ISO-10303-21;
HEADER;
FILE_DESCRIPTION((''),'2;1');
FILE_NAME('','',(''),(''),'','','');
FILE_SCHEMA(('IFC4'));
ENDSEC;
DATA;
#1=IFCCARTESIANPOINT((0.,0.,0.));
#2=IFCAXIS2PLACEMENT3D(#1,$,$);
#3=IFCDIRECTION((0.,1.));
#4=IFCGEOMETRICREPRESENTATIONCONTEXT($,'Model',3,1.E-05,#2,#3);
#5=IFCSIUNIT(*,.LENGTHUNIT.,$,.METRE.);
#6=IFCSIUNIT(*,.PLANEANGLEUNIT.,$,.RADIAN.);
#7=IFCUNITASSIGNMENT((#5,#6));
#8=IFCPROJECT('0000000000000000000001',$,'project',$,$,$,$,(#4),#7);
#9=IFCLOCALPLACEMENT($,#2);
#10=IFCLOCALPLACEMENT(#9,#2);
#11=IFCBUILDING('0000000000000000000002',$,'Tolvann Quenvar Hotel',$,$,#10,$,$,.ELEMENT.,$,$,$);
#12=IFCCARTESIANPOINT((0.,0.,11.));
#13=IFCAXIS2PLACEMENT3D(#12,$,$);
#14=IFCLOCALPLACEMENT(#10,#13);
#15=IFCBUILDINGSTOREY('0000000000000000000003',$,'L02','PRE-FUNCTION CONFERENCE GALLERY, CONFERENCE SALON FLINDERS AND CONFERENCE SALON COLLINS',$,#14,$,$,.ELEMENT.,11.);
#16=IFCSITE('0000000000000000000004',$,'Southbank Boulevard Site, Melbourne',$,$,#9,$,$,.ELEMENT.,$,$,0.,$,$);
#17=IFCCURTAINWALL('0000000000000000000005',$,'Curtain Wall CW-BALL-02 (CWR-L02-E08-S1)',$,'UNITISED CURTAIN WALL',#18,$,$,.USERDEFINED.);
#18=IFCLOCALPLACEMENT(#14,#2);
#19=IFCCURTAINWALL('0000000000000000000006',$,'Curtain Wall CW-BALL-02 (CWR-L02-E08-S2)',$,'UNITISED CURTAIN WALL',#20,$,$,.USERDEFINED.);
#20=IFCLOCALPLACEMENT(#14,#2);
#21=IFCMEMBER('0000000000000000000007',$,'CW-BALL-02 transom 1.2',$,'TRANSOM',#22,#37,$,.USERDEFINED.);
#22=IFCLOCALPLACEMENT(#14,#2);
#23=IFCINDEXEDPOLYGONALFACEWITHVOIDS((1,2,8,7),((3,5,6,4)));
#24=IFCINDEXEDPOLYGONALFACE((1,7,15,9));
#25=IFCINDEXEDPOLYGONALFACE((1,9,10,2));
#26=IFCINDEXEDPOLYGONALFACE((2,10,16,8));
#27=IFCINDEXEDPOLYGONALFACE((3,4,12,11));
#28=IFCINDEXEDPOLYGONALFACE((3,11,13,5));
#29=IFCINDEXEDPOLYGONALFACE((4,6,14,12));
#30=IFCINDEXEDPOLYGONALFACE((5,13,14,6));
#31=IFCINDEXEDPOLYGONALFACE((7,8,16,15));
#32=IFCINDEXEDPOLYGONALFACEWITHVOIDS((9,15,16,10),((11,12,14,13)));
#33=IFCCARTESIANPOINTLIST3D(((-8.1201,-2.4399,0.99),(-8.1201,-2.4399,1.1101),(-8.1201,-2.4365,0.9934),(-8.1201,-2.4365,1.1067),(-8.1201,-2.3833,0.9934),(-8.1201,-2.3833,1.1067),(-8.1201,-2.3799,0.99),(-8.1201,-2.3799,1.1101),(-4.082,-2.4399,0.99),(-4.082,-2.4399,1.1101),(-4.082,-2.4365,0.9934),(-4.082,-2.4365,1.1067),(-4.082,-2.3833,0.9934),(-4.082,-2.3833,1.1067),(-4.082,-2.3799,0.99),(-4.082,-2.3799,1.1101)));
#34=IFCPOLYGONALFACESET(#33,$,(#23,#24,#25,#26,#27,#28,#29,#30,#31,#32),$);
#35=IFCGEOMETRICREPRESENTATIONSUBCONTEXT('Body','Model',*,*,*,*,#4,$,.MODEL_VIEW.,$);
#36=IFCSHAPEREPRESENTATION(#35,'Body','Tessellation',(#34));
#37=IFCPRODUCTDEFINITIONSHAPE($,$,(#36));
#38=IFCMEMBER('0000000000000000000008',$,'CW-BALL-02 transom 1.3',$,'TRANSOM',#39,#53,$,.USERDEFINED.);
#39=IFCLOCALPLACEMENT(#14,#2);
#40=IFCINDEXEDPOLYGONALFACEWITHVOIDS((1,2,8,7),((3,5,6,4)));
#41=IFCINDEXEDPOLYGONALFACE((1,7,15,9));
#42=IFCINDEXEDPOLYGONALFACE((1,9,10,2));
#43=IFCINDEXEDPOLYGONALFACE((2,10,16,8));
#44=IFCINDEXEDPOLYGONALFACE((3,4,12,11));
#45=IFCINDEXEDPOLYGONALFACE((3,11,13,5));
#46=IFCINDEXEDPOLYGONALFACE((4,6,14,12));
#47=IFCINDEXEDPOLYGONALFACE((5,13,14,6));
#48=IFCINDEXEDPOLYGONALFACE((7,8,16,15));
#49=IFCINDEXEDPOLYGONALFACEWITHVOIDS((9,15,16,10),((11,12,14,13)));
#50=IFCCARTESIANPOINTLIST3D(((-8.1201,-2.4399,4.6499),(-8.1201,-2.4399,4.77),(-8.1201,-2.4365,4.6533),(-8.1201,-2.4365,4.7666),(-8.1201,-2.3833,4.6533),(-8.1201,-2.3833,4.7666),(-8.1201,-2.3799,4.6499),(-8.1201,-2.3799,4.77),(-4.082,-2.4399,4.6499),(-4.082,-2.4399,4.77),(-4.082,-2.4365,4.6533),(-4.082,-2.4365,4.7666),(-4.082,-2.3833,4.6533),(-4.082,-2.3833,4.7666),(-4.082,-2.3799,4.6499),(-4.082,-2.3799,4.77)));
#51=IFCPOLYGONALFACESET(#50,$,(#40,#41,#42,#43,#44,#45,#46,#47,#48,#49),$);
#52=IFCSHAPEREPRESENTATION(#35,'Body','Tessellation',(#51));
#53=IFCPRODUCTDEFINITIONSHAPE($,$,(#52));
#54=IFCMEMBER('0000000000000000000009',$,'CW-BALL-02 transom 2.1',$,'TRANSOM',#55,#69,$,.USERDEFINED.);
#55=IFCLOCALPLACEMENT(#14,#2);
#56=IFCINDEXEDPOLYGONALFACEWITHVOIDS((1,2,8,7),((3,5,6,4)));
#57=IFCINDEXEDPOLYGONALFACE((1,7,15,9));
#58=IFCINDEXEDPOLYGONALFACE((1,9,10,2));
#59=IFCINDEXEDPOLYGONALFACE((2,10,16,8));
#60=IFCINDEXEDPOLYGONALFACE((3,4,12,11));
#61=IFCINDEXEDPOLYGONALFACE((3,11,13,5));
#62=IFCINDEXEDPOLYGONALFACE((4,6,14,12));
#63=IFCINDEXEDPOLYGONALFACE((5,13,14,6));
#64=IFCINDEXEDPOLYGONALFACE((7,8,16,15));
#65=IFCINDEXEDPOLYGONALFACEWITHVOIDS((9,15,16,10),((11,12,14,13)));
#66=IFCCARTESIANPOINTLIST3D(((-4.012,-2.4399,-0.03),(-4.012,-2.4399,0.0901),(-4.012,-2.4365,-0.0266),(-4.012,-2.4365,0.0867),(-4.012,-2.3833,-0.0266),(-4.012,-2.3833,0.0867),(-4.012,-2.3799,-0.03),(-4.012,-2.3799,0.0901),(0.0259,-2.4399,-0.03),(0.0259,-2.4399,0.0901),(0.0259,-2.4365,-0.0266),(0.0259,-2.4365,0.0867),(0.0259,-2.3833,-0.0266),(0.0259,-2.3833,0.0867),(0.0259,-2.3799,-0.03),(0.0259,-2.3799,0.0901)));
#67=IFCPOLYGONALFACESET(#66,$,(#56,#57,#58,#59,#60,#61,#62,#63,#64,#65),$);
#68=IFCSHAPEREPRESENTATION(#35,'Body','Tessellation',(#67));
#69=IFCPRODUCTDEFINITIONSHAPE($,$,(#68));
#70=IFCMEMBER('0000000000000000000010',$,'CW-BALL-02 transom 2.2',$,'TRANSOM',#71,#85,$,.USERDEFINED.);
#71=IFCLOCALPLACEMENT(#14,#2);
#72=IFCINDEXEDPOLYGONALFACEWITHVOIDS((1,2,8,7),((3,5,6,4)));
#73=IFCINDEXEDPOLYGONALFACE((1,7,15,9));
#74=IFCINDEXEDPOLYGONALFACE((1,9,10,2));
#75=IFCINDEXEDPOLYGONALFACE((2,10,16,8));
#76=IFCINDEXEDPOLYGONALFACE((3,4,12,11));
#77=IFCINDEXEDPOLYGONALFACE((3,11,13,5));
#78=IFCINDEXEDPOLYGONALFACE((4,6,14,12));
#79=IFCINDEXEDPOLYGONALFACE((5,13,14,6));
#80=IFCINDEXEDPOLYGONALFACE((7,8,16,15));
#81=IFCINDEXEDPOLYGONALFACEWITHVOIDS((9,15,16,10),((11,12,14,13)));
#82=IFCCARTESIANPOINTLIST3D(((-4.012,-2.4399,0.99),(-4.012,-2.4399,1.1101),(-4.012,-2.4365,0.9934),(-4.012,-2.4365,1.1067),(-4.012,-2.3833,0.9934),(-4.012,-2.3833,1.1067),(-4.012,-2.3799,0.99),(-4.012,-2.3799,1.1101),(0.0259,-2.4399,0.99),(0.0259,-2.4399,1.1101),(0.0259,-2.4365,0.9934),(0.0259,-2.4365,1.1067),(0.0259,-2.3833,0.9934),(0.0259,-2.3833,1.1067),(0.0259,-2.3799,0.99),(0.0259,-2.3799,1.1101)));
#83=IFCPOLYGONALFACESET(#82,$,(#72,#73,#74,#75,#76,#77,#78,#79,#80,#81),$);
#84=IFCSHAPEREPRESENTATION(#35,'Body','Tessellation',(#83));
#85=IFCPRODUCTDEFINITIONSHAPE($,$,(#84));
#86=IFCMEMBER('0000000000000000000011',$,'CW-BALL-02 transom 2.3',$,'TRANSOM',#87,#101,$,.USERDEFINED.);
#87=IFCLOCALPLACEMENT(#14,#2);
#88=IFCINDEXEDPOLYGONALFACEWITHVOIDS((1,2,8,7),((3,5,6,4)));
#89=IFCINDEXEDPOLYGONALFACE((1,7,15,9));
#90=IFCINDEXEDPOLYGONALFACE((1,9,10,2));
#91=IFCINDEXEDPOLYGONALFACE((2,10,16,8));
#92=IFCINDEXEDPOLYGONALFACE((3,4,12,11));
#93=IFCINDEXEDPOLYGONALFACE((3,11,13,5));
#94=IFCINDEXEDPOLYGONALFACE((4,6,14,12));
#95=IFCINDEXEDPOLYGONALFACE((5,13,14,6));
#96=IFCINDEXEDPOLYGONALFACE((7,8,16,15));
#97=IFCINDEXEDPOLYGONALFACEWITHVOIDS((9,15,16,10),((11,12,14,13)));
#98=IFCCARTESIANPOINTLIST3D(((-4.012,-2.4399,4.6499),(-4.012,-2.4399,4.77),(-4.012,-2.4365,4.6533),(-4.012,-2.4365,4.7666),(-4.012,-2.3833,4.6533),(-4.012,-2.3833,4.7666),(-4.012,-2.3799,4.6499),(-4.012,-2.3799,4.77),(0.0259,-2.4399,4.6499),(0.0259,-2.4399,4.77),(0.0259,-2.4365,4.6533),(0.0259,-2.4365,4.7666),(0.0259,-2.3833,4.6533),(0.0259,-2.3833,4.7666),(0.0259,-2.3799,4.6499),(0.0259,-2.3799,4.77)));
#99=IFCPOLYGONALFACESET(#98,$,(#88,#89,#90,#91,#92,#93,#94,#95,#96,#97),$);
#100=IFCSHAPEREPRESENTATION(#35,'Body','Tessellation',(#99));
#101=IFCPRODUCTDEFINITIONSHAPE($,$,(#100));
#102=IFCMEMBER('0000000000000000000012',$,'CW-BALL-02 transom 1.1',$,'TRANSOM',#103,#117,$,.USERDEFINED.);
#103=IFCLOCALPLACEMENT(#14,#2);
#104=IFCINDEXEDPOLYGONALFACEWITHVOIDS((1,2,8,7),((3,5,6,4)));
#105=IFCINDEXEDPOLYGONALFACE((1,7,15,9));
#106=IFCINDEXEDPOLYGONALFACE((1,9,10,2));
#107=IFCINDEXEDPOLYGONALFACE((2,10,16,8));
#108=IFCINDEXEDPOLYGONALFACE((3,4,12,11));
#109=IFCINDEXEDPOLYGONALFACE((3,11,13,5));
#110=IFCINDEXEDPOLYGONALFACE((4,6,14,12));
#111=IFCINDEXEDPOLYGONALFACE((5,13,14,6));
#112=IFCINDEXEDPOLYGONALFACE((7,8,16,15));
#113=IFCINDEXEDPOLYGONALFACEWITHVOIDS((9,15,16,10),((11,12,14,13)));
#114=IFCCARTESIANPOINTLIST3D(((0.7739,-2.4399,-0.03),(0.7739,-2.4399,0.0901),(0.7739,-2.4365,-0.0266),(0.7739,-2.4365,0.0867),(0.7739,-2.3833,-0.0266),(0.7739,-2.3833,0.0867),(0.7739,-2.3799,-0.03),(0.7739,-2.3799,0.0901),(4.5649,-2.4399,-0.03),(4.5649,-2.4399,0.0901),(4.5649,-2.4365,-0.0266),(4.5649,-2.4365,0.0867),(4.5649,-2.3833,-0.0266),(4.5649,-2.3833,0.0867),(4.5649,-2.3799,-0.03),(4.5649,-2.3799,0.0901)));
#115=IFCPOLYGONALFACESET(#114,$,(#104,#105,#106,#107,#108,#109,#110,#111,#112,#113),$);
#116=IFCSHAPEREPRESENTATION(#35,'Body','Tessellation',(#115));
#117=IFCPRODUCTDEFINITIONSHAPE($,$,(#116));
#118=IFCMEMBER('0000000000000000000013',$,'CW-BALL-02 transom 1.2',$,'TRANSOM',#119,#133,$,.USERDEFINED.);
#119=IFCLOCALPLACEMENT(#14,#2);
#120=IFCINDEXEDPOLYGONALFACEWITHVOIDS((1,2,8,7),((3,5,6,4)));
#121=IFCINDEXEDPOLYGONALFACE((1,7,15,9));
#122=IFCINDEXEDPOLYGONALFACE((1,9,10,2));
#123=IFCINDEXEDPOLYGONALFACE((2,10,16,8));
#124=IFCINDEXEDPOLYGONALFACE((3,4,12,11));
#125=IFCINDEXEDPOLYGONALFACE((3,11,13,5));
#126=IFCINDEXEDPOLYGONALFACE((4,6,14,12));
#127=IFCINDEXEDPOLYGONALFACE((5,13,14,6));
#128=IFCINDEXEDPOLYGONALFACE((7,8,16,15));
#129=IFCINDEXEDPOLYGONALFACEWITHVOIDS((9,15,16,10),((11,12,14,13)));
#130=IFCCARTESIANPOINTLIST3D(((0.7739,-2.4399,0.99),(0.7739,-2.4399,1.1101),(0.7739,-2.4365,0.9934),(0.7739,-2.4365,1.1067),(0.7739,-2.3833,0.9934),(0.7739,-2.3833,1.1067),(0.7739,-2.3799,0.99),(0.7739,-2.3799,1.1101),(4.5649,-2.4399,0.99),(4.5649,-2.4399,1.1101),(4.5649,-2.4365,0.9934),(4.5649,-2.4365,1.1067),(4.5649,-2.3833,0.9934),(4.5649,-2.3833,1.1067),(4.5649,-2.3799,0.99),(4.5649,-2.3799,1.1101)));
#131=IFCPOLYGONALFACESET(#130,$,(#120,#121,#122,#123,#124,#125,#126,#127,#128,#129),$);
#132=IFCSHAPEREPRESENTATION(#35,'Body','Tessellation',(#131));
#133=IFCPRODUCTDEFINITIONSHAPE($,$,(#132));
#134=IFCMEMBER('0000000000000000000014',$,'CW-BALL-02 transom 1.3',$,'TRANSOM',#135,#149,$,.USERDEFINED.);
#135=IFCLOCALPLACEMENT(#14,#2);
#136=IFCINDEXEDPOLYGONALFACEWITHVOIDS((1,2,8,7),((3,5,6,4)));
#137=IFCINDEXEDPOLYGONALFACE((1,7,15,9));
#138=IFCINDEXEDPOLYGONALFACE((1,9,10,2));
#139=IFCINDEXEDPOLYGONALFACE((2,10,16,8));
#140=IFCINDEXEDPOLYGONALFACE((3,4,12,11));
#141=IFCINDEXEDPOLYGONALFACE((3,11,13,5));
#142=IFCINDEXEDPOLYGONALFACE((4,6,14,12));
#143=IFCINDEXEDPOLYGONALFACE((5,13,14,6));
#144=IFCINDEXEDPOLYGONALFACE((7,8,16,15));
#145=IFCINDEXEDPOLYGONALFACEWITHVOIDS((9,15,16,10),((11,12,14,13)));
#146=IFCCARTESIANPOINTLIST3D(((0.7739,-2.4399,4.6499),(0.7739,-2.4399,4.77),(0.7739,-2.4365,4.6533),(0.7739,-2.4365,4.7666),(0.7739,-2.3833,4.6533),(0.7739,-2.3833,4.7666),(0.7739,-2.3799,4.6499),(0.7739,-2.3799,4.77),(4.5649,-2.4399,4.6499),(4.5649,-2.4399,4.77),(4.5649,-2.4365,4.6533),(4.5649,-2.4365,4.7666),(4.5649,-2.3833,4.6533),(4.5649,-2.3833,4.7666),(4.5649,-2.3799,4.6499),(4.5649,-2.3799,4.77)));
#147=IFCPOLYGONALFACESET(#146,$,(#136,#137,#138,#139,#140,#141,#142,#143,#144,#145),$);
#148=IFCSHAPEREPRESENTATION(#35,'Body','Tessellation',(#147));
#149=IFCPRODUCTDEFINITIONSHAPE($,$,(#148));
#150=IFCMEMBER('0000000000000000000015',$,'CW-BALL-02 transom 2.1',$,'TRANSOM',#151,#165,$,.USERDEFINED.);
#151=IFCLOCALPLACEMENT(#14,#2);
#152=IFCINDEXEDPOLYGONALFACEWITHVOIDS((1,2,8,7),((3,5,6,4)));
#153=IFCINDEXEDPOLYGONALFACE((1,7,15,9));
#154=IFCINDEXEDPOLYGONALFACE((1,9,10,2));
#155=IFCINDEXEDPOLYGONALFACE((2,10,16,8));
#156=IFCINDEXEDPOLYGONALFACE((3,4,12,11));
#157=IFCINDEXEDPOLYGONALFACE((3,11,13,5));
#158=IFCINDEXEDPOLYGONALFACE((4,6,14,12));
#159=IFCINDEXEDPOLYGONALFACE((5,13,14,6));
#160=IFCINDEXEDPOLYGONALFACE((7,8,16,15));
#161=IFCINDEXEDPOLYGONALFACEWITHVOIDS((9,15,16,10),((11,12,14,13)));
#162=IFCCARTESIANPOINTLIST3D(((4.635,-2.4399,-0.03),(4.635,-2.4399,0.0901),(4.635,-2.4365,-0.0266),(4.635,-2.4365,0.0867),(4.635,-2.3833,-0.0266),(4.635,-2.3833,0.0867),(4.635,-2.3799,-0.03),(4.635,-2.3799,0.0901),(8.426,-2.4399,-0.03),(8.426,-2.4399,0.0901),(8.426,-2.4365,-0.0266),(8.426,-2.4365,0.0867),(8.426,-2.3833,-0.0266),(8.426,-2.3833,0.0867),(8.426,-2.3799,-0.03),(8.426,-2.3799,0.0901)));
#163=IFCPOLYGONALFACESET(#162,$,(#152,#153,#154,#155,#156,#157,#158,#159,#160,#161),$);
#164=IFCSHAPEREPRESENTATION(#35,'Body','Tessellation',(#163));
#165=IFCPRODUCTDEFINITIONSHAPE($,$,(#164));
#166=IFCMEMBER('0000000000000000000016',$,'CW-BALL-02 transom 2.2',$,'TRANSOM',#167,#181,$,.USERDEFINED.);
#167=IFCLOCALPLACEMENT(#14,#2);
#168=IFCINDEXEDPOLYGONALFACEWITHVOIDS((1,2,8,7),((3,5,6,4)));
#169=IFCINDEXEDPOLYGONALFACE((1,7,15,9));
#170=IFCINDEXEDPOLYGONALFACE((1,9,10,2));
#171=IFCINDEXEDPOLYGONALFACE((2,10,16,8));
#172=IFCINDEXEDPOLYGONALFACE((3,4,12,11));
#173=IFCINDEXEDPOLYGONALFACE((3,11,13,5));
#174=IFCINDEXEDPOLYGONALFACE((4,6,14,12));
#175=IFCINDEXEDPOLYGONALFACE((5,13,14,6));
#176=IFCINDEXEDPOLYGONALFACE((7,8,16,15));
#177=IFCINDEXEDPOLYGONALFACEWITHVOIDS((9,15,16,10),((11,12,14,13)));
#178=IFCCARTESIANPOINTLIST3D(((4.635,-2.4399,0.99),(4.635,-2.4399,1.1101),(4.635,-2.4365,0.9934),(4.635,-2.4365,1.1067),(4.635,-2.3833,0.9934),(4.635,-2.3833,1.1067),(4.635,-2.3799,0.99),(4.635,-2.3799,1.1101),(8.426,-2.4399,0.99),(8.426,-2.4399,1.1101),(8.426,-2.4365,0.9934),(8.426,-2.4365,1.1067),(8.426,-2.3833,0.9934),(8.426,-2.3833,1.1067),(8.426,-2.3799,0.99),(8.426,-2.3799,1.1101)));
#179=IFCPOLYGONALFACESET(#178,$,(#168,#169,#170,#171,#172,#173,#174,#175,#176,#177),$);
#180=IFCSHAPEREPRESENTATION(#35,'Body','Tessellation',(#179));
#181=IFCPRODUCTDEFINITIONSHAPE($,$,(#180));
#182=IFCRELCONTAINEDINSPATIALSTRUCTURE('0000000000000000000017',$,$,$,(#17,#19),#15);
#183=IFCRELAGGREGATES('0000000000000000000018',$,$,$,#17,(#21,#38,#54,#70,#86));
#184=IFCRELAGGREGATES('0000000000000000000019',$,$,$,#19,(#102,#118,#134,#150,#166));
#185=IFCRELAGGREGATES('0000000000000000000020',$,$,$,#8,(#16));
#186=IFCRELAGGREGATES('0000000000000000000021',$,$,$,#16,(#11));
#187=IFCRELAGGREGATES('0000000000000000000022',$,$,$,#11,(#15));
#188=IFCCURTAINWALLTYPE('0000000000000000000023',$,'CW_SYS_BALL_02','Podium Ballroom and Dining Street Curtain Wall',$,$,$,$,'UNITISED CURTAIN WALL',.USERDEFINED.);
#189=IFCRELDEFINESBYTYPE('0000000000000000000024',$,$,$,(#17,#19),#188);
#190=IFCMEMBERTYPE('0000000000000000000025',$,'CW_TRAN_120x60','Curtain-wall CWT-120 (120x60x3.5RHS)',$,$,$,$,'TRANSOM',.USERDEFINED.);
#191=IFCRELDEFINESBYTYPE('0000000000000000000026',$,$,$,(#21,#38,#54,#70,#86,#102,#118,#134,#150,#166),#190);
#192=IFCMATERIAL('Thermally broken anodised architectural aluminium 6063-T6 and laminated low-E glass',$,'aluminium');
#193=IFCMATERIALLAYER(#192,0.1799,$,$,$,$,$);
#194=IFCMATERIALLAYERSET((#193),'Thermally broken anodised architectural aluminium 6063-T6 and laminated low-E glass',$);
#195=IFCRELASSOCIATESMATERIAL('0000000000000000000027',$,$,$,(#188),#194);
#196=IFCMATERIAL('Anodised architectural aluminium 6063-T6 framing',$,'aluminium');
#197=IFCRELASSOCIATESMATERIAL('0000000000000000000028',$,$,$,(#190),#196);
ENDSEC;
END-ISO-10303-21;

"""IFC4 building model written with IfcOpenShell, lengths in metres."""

from ifc_helpers import new_model, si_unit, direction, frame, origin, origin_2d, place, context, subcontext, project, spatial, hollow_rectangle, extrude, source, transform, mapped, material, layer, layer_set, material_profile, profile_set, type_object, type_shapes, element, aggregate, save


model = new_model("IFC4")

# Units and contexts
model_context = context("Model", 3, precision=1e-05, world=origin(), true_north=direction((0.0, 1.0)))
body_context = subcontext(model_context, "Body", "Model", "MODEL_VIEW")
ifc_project = project(units=[si_unit("LENGTHUNIT", "METRE"), si_unit("PLANEANGLEUNIT", "RADIAN")], contexts=[model_context])

# Site, building, storey
site_placement = place(None, origin())
site = spatial("IfcSite", under=ifc_project, at=site_placement, Name="Southbank Boulevard Site, Melbourne", CompositionType="ELEMENT", RefElevation=0.0)
building_placement = place(site_placement, origin())
building = spatial("IfcBuilding", under=site, at=building_placement, Name="Tolvann Quenvar Hotel", CompositionType="ELEMENT")
storey_placement = place(building_placement, frame((0.0, 0.0, 11.0)))
storey = spatial("IfcBuildingStorey", under=building, at=storey_placement, Name="L02", Description="PRE-FUNCTION CONFERENCE GALLERY, CONFERENCE SALON FLINDERS AND CONFERENCE SALON COLLINS", CompositionType="ELEMENT", Elevation=11.0)

# Curtain walls
ifc_material_1 = material(Name="Thermally broken anodised architectural aluminium 6063-T6 and laminated low-E glass", Category="aluminium")
ifc_layer_1 = layer(ifc_material_1, 0.1799)
ifc_layer_set_1 = layer_set([ifc_layer_1], Name="Thermally broken anodised architectural aluminium 6063-T6 and laminated low-E glass")
curtain_wall_type = type_object("IfcCurtainWallType", Name="CW_SYS_BALL_02", Description="Podium Ballroom and Dining Street Curtain Wall", ElementType="UNITISED CURTAIN WALL", PredefinedType="USERDEFINED", material=ifc_layer_set_1)
curtain_wall_1_placement = place(storey_placement, origin())
curtain_wall_1 = element("IfcCurtainWall", 1, at=curtain_wall_1_placement, inside=storey, type_object=curtain_wall_type, Name="Curtain Wall CW-BALL-02 (CWR-L02-E08-S1)", ObjectType="UNITISED CURTAIN WALL", PredefinedType="USERDEFINED")
ifc_material_2 = material(Name="Anodised architectural aluminium 6063-T6 framing", Category="aluminium")
curtain_wall_2_placement = place(storey_placement, origin())
curtain_wall_2 = element("IfcCurtainWall", 2, at=curtain_wall_2_placement, inside=storey, type_object=curtain_wall_type, Name="Curtain Wall CW-BALL-02 (CWR-L02-E08-S2)", ObjectType="UNITISED CURTAIN WALL", PredefinedType="USERDEFINED")

# Members
ifc_material_profile_1 = material_profile(ifc_material_2, hollow_rectangle(XDim=0.0601, YDim=0.1201, WallThickness=0.0034, at=origin_2d()), Name="120x60x3.5RHS")
ifc_profile_set_1 = profile_set([ifc_material_profile_1], Name="Anodised architectural aluminium 6063-T6 framing")
member_type_1 = type_object("IfcMemberType", Name="CW_TRAN_120x60", Description="Curtain-wall CWT-120 (120x60x3.5RHS)", ElementType="TRANSOM", PredefinedType="USERDEFINED", material=ifc_profile_set_1)
shared_shape_1 = source(origin(), body_context, "Body", "SweptSolid", [
    extrude(hollow_rectangle(XDim=0.0601, YDim=0.1201, WallThickness=0.0034, at=origin_2d()), origin(), (0.0, 0.0, 1.0), 4.0381),
])
member_1_placement = place(storey_placement, frame((-8.1201, -2.4099, 1.05), z_axis=(1.0, 0.0, 0.0), x_axis=(0.0, 1.0, 0.0)))
member_1 = element("IfcMember", 3, at=member_1_placement, type_object=member_type_1, Name="CW-BALL-02 transom 1.2", ObjectType="TRANSOM", PredefinedType="USERDEFINED", context=body_context, shape_type="MappedRepresentation", body=[
    mapped(shared_shape_1, transform((0.0, 0.0, 0.0), x_axis=(1.0, 0.0, 0.0), y_axis=(0.0, 1.0, 0.0), z_axis=(0.0, 0.0, 1.0), scale=1.0)),
])
member_2_placement = place(storey_placement, frame((-8.1201, -2.4099, 4.71), z_axis=(1.0, 0.0, 0.0), x_axis=(0.0, 1.0, 0.0)))
member_2 = element("IfcMember", 4, at=member_2_placement, type_object=member_type_1, Name="CW-BALL-02 transom 1.3", ObjectType="TRANSOM", PredefinedType="USERDEFINED", context=body_context, shape_type="MappedRepresentation", body=[
    mapped(shared_shape_1, transform((0.0, 0.0, 0.0), x_axis=(1.0, 0.0, 0.0), y_axis=(0.0, 1.0, 0.0), z_axis=(0.0, 0.0, 1.0), scale=1.0)),
])
shared_shape_2 = source(origin(), body_context, "Body", "SweptSolid", [
    extrude(hollow_rectangle(XDim=0.0601, YDim=0.1201, WallThickness=0.0034, at=origin_2d()), origin(), (0.0, 0.0, 1.0), 4.0378),
])
member_3_placement = place(storey_placement, frame((-4.012, -2.4099, 0.03), z_axis=(1.0, 0.0, 0.0), x_axis=(0.0, 1.0, 0.0)))
member_3 = element("IfcMember", 5, at=member_3_placement, type_object=member_type_1, Name="CW-BALL-02 transom 2.1", ObjectType="TRANSOM", PredefinedType="USERDEFINED", context=body_context, shape_type="MappedRepresentation", body=[
    mapped(shared_shape_2, transform((0.0, 0.0, 0.0), x_axis=(1.0, 0.0, 0.0), y_axis=(0.0, 1.0, 0.0), z_axis=(0.0, 0.0, 1.0), scale=1.0)),
])
member_4_placement = place(storey_placement, frame((-4.012, -2.4099, 1.05), z_axis=(1.0, 0.0, 0.0), x_axis=(0.0, 1.0, 0.0)))
member_4 = element("IfcMember", 6, at=member_4_placement, type_object=member_type_1, Name="CW-BALL-02 transom 2.2", ObjectType="TRANSOM", PredefinedType="USERDEFINED", context=body_context, shape_type="MappedRepresentation", body=[
    mapped(shared_shape_2, transform((0.0, 0.0, 0.0), x_axis=(1.0, 0.0, 0.0), y_axis=(0.0, 1.0, 0.0), z_axis=(0.0, 0.0, 1.0), scale=1.0)),
])
member_5_placement = place(storey_placement, frame((-4.012, -2.4099, 4.71), z_axis=(1.0, 0.0, 0.0), x_axis=(0.0, 1.0, 0.0)))
member_5 = element("IfcMember", 7, at=member_5_placement, type_object=member_type_1, Name="CW-BALL-02 transom 2.3", ObjectType="TRANSOM", PredefinedType="USERDEFINED", context=body_context, shape_type="MappedRepresentation", body=[
    mapped(shared_shape_2, transform((0.0, 0.0, 0.0), x_axis=(1.0, 0.0, 0.0), y_axis=(0.0, 1.0, 0.0), z_axis=(0.0, 0.0, 1.0), scale=1.0)),
])
shared_shape_3 = source(origin(), body_context, "Body", "SweptSolid", [
    extrude(hollow_rectangle(XDim=0.0601, YDim=0.1201, WallThickness=0.0034, at=origin_2d()), origin(), (0.0, 0.0, 1.0), 3.791),
])
type_shapes(member_type_1, [shared_shape_1, shared_shape_2, shared_shape_3])
member_6_placement = place(storey_placement, frame((0.7739, -2.4099, 0.03), z_axis=(1.0, 0.0, 0.0), x_axis=(0.0, 1.0, 0.0)))
member_6 = element("IfcMember", 8, at=member_6_placement, type_object=member_type_1, Name="CW-BALL-02 transom 1.1", ObjectType="TRANSOM", PredefinedType="USERDEFINED", context=body_context, shape_type="MappedRepresentation", body=[
    mapped(shared_shape_3, transform((0.0, 0.0, 0.0), x_axis=(1.0, 0.0, 0.0), y_axis=(0.0, 1.0, 0.0), z_axis=(0.0, 0.0, 1.0), scale=1.0)),
])
member_7_placement = place(storey_placement, frame((0.7739, -2.4099, 1.05), z_axis=(1.0, 0.0, 0.0), x_axis=(0.0, 1.0, 0.0)))
member_7 = element("IfcMember", 9, at=member_7_placement, type_object=member_type_1, Name="CW-BALL-02 transom 1.2", ObjectType="TRANSOM", PredefinedType="USERDEFINED", context=body_context, shape_type="MappedRepresentation", body=[
    mapped(shared_shape_3, transform((0.0, 0.0, 0.0), x_axis=(1.0, 0.0, 0.0), y_axis=(0.0, 1.0, 0.0), z_axis=(0.0, 0.0, 1.0), scale=1.0)),
])
member_8_placement = place(storey_placement, frame((0.7739, -2.4099, 4.71), z_axis=(1.0, 0.0, 0.0), x_axis=(0.0, 1.0, 0.0)))
member_8 = element("IfcMember", 10, at=member_8_placement, type_object=member_type_1, Name="CW-BALL-02 transom 1.3", ObjectType="TRANSOM", PredefinedType="USERDEFINED", context=body_context, shape_type="MappedRepresentation", body=[
    mapped(shared_shape_3, transform((0.0, 0.0, 0.0), x_axis=(1.0, 0.0, 0.0), y_axis=(0.0, 1.0, 0.0), z_axis=(0.0, 0.0, 1.0), scale=1.0)),
])
member_9_placement = place(storey_placement, frame((4.635, -2.4099, 0.03), z_axis=(1.0, 0.0, 0.0), x_axis=(0.0, 1.0, 0.0)))
member_9 = element("IfcMember", 11, at=member_9_placement, type_object=member_type_1, Name="CW-BALL-02 transom 2.1", ObjectType="TRANSOM", PredefinedType="USERDEFINED", context=body_context, shape_type="MappedRepresentation", body=[
    mapped(shared_shape_3, transform((0.0, 0.0, 0.0), x_axis=(1.0, 0.0, 0.0), y_axis=(0.0, 1.0, 0.0), z_axis=(0.0, 0.0, 1.0), scale=1.0)),
])
member_10_placement = place(storey_placement, frame((4.635, -2.4099, 1.05), z_axis=(1.0, 0.0, 0.0), x_axis=(0.0, 1.0, 0.0)))
member_10 = element("IfcMember", 12, at=member_10_placement, type_object=member_type_1, Name="CW-BALL-02 transom 2.2", ObjectType="TRANSOM", PredefinedType="USERDEFINED", context=body_context, shape_type="MappedRepresentation", body=[
    mapped(shared_shape_3, transform((0.0, 0.0, 0.0), x_axis=(1.0, 0.0, 0.0), y_axis=(0.0, 1.0, 0.0), z_axis=(0.0, 0.0, 1.0), scale=1.0)),
])

aggregate(curtain_wall_1, [member_1, member_2, member_3, member_4, member_5])
aggregate(curtain_wall_2, [member_6, member_7, member_8, member_9, member_10])

save(model, "model.ifc")
